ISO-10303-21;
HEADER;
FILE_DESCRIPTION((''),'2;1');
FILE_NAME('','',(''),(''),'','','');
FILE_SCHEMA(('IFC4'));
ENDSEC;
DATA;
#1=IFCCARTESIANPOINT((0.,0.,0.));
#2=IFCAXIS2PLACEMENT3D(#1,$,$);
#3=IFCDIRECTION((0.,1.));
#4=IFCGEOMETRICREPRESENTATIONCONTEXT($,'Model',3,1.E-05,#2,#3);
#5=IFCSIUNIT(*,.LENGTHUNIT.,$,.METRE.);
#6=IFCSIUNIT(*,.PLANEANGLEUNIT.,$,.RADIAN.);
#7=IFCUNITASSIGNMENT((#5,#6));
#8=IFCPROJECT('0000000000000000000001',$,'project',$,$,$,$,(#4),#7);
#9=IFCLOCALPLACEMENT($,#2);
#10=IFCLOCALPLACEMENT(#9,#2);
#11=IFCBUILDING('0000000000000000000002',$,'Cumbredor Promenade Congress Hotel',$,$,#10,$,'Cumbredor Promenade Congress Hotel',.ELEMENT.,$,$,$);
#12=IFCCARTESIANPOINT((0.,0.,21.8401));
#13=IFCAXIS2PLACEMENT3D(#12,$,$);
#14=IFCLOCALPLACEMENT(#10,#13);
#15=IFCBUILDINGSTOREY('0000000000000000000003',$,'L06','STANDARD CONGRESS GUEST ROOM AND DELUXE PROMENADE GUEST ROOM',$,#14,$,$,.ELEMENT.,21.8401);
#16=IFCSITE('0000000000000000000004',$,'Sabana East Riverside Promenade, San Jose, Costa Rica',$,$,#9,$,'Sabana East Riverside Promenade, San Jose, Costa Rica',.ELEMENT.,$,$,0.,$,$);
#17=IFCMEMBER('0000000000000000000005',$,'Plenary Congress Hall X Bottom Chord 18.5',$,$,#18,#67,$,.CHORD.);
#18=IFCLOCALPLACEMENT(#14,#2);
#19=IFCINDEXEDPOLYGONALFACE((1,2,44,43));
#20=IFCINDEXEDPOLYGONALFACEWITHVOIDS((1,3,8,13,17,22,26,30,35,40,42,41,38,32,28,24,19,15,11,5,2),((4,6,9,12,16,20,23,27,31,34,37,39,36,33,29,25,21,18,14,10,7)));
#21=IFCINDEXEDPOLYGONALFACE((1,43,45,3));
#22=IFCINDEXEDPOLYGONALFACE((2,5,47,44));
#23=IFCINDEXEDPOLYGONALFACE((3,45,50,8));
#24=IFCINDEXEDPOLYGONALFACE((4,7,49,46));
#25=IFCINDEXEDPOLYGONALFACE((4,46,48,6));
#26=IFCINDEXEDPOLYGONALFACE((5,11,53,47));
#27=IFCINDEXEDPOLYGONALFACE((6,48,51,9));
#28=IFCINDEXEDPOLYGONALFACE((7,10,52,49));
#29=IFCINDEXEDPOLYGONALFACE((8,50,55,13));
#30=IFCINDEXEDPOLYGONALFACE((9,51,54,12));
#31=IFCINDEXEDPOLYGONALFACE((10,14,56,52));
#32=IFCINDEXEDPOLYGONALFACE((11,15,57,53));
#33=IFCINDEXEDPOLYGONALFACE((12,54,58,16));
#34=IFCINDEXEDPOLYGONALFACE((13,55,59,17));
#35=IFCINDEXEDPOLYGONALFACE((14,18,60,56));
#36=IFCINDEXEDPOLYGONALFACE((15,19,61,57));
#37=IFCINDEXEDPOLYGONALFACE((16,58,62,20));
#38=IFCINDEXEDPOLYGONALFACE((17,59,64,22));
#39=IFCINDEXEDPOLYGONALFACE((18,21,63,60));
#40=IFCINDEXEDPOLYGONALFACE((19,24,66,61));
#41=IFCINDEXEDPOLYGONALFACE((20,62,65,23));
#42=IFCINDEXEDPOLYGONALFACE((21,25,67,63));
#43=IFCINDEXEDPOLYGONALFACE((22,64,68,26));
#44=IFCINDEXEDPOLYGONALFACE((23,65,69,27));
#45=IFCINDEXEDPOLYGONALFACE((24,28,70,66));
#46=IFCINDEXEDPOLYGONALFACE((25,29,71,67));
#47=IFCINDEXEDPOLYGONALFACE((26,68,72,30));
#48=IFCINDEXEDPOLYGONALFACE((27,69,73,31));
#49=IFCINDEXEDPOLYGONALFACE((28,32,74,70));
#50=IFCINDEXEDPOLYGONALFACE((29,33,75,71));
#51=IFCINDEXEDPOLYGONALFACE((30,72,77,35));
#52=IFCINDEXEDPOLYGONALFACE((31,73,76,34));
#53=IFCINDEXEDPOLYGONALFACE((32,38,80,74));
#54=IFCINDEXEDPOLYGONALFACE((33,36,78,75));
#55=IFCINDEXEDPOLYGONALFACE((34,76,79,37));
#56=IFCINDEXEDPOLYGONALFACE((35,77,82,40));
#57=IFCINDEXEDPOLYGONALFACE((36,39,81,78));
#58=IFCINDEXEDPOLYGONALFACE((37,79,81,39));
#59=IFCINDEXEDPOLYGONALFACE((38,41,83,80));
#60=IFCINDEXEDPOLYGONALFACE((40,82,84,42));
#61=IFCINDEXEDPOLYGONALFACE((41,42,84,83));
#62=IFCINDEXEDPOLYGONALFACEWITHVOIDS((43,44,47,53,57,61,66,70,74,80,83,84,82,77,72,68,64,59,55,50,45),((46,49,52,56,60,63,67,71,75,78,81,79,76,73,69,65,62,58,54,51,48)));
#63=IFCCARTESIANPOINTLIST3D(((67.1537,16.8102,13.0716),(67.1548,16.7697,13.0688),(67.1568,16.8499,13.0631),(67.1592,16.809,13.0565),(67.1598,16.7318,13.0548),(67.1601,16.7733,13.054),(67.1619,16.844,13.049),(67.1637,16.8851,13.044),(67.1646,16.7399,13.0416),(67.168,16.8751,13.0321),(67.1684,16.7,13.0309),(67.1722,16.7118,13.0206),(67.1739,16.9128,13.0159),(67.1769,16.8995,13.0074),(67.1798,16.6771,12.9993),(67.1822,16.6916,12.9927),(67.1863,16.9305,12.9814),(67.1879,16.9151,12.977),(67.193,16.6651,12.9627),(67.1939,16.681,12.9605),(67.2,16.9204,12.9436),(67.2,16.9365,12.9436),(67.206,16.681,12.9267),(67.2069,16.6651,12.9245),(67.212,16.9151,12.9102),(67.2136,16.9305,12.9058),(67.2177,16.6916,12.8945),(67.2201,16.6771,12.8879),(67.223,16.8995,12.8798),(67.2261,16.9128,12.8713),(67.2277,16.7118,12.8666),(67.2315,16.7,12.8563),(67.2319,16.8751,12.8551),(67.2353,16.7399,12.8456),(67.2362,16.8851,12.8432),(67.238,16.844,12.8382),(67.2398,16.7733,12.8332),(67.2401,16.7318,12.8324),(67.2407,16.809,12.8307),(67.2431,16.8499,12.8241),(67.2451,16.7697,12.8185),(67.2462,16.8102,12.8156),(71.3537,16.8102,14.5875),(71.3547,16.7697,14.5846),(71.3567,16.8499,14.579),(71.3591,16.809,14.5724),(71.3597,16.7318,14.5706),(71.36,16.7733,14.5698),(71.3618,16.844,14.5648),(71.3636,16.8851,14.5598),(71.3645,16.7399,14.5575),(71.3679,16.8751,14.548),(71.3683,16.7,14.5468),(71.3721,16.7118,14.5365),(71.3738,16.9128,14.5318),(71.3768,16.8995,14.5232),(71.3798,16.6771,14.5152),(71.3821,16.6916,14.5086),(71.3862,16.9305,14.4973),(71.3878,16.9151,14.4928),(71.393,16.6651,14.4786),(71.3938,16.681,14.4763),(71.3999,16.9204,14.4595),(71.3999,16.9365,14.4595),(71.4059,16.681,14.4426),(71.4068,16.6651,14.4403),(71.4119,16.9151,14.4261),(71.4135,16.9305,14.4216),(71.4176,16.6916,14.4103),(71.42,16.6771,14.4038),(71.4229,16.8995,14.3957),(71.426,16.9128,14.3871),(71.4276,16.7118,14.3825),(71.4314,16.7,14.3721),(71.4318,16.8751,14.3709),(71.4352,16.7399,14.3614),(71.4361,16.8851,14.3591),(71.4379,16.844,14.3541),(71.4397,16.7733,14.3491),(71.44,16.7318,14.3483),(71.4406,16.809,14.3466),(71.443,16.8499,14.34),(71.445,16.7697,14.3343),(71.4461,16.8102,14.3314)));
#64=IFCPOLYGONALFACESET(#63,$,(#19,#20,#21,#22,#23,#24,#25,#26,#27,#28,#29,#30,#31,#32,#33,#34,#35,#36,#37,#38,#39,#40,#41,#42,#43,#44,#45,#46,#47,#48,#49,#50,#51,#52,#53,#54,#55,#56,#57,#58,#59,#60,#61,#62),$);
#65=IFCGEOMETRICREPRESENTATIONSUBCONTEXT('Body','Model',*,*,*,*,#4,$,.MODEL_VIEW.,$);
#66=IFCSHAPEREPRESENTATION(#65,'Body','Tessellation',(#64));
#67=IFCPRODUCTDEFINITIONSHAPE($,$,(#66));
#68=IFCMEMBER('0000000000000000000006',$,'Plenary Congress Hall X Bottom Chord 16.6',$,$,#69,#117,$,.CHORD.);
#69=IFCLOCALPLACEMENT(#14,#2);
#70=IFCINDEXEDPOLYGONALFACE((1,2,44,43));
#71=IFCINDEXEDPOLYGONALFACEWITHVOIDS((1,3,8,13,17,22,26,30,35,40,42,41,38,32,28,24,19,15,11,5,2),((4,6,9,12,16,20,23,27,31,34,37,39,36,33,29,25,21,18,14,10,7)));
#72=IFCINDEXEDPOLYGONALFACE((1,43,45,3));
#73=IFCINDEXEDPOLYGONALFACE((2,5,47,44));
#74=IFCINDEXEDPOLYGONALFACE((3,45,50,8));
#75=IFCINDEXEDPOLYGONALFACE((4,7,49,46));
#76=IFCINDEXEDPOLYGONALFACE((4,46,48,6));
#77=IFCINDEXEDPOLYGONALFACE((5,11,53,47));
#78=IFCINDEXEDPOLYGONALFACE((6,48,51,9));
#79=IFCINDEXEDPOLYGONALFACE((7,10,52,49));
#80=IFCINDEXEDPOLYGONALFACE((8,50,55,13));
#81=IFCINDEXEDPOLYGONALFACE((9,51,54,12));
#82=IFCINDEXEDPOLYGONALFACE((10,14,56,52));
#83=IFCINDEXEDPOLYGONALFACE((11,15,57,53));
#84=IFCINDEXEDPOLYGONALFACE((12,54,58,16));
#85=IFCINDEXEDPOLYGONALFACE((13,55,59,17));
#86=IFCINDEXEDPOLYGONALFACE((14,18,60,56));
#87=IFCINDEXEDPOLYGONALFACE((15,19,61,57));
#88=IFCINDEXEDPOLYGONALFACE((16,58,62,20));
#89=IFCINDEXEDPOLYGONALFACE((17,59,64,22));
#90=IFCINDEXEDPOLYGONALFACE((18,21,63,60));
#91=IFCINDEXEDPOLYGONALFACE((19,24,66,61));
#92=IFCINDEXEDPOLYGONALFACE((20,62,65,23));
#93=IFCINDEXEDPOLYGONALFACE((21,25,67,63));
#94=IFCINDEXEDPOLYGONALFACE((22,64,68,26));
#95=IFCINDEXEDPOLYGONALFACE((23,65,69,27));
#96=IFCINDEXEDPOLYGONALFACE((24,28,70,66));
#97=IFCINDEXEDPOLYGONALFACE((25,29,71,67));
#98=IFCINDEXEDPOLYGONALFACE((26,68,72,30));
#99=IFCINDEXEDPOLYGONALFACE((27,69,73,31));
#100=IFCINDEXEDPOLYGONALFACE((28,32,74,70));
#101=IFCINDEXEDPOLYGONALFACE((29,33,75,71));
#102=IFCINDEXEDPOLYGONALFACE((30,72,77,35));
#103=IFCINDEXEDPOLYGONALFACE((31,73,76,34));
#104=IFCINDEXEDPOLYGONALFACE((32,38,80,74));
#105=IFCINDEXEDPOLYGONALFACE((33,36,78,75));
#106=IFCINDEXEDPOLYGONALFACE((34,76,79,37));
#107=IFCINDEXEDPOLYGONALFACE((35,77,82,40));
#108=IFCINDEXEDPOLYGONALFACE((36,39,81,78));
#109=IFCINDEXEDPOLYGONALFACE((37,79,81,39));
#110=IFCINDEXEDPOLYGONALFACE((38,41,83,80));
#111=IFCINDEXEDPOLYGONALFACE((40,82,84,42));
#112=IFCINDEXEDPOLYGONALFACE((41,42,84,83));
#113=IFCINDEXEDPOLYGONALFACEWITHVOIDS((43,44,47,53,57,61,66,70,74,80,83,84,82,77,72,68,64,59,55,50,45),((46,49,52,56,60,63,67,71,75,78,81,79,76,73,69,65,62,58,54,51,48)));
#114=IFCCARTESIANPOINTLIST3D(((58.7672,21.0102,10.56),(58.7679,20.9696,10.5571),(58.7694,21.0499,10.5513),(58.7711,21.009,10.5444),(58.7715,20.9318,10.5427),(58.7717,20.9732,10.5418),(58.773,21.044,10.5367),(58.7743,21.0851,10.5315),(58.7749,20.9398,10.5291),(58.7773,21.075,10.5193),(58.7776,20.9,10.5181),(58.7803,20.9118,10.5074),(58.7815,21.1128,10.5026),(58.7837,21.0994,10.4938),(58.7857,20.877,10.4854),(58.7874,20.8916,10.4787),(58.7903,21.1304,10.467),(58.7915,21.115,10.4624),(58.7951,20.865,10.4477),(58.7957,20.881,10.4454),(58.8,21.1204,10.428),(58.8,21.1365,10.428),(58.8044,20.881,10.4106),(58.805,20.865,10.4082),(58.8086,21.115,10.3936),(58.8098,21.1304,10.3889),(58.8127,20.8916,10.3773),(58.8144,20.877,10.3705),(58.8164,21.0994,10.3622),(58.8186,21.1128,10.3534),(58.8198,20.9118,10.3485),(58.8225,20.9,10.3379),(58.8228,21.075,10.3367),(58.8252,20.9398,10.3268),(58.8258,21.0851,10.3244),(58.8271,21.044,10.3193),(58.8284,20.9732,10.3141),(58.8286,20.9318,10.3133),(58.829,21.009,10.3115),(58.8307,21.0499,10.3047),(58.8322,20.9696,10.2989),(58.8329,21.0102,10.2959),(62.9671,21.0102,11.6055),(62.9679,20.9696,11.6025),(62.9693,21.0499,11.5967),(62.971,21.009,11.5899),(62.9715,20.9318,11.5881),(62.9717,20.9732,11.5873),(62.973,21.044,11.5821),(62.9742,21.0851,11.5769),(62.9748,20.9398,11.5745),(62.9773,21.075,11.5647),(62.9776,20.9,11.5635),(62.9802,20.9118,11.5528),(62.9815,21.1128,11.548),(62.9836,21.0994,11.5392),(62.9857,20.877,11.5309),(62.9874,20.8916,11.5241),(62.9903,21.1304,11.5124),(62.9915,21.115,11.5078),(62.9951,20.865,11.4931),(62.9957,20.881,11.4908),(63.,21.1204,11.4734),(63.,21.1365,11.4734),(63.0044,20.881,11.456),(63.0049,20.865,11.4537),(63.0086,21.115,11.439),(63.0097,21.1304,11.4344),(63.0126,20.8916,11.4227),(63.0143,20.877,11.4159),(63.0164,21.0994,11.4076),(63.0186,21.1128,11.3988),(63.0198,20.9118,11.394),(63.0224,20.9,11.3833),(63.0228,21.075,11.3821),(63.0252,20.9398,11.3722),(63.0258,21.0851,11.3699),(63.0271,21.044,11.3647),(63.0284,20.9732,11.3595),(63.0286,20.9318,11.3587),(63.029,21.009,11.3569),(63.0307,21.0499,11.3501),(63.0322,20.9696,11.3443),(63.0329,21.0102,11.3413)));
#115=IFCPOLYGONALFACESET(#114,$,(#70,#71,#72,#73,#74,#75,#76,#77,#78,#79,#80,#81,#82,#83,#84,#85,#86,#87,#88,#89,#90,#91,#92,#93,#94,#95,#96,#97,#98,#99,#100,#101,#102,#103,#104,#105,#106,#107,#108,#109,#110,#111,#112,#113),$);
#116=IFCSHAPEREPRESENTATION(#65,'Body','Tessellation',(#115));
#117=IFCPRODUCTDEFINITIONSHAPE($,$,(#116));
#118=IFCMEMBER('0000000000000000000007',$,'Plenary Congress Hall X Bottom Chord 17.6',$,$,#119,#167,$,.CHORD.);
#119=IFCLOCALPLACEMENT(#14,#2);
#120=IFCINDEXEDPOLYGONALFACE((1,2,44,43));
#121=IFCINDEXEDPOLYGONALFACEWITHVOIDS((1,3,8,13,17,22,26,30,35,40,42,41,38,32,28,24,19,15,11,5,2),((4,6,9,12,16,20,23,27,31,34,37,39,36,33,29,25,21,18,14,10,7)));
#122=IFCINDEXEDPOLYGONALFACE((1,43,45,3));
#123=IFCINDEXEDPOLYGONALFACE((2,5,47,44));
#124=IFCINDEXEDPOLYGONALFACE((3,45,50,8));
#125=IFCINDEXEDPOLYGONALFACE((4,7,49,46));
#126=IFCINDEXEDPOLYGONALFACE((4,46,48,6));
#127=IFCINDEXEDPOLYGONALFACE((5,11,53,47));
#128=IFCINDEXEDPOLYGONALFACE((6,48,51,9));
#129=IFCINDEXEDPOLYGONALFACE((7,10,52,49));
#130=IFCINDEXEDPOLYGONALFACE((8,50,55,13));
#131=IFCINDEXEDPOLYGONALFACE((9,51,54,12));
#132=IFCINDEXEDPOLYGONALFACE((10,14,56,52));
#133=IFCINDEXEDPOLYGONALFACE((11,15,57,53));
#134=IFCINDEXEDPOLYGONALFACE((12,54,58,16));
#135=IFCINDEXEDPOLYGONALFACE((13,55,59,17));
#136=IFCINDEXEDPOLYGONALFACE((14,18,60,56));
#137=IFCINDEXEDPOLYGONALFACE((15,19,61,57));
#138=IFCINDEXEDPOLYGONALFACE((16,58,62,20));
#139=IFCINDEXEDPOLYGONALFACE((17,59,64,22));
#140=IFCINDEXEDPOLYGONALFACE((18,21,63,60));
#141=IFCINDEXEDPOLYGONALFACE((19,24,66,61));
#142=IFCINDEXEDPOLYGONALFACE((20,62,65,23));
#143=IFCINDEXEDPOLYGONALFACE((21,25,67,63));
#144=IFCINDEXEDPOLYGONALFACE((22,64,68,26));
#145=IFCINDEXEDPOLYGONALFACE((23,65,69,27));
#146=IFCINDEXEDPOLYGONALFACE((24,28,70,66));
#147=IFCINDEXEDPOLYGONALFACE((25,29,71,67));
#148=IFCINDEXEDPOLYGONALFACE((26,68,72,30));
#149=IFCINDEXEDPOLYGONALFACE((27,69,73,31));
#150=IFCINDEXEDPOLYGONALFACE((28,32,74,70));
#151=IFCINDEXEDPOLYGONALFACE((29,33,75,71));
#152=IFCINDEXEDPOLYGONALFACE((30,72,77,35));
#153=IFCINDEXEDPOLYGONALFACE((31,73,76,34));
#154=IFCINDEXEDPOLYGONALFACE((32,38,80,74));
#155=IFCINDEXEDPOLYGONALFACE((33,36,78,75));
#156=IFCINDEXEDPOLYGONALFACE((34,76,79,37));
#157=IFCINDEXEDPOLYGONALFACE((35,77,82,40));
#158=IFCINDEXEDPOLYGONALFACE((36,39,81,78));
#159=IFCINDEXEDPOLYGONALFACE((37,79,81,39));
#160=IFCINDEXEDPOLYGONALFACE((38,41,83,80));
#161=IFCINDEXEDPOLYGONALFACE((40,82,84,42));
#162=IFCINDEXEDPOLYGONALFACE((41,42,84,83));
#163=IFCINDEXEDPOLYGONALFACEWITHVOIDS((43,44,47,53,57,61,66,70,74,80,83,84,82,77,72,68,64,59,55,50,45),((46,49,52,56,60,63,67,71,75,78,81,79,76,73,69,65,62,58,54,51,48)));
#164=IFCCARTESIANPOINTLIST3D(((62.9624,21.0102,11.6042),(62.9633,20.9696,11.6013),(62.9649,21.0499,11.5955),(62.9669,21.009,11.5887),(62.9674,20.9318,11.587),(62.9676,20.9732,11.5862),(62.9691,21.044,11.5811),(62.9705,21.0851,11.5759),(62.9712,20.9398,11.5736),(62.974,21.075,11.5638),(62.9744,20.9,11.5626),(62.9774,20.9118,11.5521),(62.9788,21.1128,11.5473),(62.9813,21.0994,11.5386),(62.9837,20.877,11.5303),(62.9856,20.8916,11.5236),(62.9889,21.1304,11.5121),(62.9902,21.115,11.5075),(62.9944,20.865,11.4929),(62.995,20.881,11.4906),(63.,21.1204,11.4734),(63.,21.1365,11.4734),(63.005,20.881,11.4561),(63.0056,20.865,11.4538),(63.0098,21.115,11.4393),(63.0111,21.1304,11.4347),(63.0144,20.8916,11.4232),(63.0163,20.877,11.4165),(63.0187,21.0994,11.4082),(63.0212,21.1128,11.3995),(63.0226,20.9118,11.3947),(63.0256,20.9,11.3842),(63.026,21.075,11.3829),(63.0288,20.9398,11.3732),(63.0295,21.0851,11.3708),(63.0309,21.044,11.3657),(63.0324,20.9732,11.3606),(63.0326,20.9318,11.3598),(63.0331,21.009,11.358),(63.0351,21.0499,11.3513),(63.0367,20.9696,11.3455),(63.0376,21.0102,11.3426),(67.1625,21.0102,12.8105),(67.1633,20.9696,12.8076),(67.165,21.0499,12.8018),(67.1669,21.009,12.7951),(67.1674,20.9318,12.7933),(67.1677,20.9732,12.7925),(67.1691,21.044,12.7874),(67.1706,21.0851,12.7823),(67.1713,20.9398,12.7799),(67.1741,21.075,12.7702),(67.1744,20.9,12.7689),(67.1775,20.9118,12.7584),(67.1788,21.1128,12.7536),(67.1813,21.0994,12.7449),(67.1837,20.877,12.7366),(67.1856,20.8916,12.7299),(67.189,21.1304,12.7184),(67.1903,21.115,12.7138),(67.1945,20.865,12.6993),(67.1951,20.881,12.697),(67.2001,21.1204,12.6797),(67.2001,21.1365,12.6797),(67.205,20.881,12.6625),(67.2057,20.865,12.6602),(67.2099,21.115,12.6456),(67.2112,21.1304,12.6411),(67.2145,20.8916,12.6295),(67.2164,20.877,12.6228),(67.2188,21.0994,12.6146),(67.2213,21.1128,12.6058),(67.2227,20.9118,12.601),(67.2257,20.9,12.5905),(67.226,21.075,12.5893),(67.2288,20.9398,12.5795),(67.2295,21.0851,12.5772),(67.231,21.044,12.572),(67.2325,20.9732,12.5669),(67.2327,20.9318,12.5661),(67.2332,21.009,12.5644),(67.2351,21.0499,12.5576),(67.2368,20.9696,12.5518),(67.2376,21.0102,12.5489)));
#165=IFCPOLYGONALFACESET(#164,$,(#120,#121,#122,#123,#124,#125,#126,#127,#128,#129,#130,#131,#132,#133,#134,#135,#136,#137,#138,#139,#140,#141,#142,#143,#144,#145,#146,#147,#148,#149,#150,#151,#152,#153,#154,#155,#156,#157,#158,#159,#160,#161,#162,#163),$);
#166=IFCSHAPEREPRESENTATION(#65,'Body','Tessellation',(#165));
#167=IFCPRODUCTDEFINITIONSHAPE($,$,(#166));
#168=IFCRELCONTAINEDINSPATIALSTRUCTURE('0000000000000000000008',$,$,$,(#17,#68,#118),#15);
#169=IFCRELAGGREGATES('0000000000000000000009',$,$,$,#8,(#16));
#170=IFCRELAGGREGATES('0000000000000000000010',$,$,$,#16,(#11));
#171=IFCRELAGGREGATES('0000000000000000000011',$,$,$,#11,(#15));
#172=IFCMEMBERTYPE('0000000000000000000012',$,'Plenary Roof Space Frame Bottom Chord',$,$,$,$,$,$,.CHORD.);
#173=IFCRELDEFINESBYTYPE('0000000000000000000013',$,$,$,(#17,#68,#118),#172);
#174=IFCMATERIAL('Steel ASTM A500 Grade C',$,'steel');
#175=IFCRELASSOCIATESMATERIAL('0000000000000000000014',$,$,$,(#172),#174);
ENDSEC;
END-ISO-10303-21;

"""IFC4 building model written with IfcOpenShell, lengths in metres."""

from ifc_helpers import new_model, si_unit, direction, frame, origin, origin_2d, place, context, subcontext, project, spatial, hollow_circle, extrude, material, material_profile, profile_set, type_object, element, save


model = new_model("IFC4")

# Units and contexts
model_context = context("Model", 3, precision=1e-05, world=origin(), true_north=direction((0.0, 1.0)))
body_context = subcontext(model_context, "Body", "Model", "MODEL_VIEW")
ifc_project = project(units=[si_unit("LENGTHUNIT", "METRE"), si_unit("PLANEANGLEUNIT", "RADIAN")], contexts=[model_context])

# Site, building, storey
site_placement = place(None, origin())
site = spatial("IfcSite", under=ifc_project, at=site_placement, Name="Sabana East Riverside Promenade, San Jose, Costa Rica", LongName="Sabana East Riverside Promenade, San Jose, Costa Rica", CompositionType="ELEMENT", RefElevation=0.0)
building_placement = place(site_placement, origin())
building = spatial("IfcBuilding", under=site, at=building_placement, Name="Cumbredor Promenade Congress Hotel", LongName="Cumbredor Promenade Congress Hotel", CompositionType="ELEMENT")
storey_placement = place(building_placement, frame((0.0, 0.0, 21.8401)))
storey = spatial("IfcBuildingStorey", under=building, at=storey_placement, Name="L06", Description="STANDARD CONGRESS GUEST ROOM AND DELUXE PROMENADE GUEST ROOM", CompositionType="ELEMENT", Elevation=21.8401)

# Members
ifc_material_1 = material(Name="Steel ASTM A500 Grade C", Category="steel")
ifc_material_profile_1 = material_profile(ifc_material_1, hollow_circle(Radius=0.1365, WallThickness=0.0161, at=origin_2d()), Name="CHS 273.0x16")
ifc_profile_set_1 = profile_set([ifc_material_profile_1], Name="Steel ASTM A500 Grade C")
member_type_1 = type_object("IfcMemberType", Name="Plenary Roof Space Frame Bottom Chord", PredefinedType="CHORD", material=ifc_profile_set_1)
member_1_placement = place(storey_placement, frame((67.2, 16.8, 12.9436), z_axis=(0.94061, 0.0, 0.33949), x_axis=(0.0, 1.0, 0.0)))
element("IfcMember", 1, at=member_1_placement, inside=storey, type_object=member_type_1, Name="Plenary Congress Hall X Bottom Chord 18.5", PredefinedType="CHORD", context=body_context, shape_type="SweptSolid", body=[
    extrude(hollow_circle(Radius=0.1365, WallThickness=0.0161, at=origin_2d()), origin(), (0.0, 0.0, 1.0), 4.4651),
])
member_2_placement = place(storey_placement, frame((58.8, 21.0, 10.428), z_axis=(0.970391, 0.0, 0.24154), x_axis=(0.0, 1.0, 0.0)))
element("IfcMember", 2, at=member_2_placement, inside=storey, type_object=member_type_1, Name="Plenary Congress Hall X Bottom Chord 16.6", PredefinedType="CHORD", context=body_context, shape_type="SweptSolid", body=[
    extrude(hollow_circle(Radius=0.1365, WallThickness=0.0161, at=origin_2d()), origin(), (0.0, 0.0, 1.0), 4.3281),
])
member_3_placement = place(storey_placement, frame((63.0, 21.0, 11.4734), z_axis=(0.961141, 0.0, 0.276056), x_axis=(0.0, 1.0, 0.0)))
element("IfcMember", 3, at=member_3_placement, inside=storey, type_object=member_type_1, Name="Plenary Congress Hall X Bottom Chord 17.6", PredefinedType="CHORD", context=body_context, shape_type="SweptSolid", body=[
    extrude(hollow_circle(Radius=0.1365, WallThickness=0.0161, at=origin_2d()), origin(), (0.0, 0.0, 1.0), 4.3699),
])

save(model, "model.ifc")
